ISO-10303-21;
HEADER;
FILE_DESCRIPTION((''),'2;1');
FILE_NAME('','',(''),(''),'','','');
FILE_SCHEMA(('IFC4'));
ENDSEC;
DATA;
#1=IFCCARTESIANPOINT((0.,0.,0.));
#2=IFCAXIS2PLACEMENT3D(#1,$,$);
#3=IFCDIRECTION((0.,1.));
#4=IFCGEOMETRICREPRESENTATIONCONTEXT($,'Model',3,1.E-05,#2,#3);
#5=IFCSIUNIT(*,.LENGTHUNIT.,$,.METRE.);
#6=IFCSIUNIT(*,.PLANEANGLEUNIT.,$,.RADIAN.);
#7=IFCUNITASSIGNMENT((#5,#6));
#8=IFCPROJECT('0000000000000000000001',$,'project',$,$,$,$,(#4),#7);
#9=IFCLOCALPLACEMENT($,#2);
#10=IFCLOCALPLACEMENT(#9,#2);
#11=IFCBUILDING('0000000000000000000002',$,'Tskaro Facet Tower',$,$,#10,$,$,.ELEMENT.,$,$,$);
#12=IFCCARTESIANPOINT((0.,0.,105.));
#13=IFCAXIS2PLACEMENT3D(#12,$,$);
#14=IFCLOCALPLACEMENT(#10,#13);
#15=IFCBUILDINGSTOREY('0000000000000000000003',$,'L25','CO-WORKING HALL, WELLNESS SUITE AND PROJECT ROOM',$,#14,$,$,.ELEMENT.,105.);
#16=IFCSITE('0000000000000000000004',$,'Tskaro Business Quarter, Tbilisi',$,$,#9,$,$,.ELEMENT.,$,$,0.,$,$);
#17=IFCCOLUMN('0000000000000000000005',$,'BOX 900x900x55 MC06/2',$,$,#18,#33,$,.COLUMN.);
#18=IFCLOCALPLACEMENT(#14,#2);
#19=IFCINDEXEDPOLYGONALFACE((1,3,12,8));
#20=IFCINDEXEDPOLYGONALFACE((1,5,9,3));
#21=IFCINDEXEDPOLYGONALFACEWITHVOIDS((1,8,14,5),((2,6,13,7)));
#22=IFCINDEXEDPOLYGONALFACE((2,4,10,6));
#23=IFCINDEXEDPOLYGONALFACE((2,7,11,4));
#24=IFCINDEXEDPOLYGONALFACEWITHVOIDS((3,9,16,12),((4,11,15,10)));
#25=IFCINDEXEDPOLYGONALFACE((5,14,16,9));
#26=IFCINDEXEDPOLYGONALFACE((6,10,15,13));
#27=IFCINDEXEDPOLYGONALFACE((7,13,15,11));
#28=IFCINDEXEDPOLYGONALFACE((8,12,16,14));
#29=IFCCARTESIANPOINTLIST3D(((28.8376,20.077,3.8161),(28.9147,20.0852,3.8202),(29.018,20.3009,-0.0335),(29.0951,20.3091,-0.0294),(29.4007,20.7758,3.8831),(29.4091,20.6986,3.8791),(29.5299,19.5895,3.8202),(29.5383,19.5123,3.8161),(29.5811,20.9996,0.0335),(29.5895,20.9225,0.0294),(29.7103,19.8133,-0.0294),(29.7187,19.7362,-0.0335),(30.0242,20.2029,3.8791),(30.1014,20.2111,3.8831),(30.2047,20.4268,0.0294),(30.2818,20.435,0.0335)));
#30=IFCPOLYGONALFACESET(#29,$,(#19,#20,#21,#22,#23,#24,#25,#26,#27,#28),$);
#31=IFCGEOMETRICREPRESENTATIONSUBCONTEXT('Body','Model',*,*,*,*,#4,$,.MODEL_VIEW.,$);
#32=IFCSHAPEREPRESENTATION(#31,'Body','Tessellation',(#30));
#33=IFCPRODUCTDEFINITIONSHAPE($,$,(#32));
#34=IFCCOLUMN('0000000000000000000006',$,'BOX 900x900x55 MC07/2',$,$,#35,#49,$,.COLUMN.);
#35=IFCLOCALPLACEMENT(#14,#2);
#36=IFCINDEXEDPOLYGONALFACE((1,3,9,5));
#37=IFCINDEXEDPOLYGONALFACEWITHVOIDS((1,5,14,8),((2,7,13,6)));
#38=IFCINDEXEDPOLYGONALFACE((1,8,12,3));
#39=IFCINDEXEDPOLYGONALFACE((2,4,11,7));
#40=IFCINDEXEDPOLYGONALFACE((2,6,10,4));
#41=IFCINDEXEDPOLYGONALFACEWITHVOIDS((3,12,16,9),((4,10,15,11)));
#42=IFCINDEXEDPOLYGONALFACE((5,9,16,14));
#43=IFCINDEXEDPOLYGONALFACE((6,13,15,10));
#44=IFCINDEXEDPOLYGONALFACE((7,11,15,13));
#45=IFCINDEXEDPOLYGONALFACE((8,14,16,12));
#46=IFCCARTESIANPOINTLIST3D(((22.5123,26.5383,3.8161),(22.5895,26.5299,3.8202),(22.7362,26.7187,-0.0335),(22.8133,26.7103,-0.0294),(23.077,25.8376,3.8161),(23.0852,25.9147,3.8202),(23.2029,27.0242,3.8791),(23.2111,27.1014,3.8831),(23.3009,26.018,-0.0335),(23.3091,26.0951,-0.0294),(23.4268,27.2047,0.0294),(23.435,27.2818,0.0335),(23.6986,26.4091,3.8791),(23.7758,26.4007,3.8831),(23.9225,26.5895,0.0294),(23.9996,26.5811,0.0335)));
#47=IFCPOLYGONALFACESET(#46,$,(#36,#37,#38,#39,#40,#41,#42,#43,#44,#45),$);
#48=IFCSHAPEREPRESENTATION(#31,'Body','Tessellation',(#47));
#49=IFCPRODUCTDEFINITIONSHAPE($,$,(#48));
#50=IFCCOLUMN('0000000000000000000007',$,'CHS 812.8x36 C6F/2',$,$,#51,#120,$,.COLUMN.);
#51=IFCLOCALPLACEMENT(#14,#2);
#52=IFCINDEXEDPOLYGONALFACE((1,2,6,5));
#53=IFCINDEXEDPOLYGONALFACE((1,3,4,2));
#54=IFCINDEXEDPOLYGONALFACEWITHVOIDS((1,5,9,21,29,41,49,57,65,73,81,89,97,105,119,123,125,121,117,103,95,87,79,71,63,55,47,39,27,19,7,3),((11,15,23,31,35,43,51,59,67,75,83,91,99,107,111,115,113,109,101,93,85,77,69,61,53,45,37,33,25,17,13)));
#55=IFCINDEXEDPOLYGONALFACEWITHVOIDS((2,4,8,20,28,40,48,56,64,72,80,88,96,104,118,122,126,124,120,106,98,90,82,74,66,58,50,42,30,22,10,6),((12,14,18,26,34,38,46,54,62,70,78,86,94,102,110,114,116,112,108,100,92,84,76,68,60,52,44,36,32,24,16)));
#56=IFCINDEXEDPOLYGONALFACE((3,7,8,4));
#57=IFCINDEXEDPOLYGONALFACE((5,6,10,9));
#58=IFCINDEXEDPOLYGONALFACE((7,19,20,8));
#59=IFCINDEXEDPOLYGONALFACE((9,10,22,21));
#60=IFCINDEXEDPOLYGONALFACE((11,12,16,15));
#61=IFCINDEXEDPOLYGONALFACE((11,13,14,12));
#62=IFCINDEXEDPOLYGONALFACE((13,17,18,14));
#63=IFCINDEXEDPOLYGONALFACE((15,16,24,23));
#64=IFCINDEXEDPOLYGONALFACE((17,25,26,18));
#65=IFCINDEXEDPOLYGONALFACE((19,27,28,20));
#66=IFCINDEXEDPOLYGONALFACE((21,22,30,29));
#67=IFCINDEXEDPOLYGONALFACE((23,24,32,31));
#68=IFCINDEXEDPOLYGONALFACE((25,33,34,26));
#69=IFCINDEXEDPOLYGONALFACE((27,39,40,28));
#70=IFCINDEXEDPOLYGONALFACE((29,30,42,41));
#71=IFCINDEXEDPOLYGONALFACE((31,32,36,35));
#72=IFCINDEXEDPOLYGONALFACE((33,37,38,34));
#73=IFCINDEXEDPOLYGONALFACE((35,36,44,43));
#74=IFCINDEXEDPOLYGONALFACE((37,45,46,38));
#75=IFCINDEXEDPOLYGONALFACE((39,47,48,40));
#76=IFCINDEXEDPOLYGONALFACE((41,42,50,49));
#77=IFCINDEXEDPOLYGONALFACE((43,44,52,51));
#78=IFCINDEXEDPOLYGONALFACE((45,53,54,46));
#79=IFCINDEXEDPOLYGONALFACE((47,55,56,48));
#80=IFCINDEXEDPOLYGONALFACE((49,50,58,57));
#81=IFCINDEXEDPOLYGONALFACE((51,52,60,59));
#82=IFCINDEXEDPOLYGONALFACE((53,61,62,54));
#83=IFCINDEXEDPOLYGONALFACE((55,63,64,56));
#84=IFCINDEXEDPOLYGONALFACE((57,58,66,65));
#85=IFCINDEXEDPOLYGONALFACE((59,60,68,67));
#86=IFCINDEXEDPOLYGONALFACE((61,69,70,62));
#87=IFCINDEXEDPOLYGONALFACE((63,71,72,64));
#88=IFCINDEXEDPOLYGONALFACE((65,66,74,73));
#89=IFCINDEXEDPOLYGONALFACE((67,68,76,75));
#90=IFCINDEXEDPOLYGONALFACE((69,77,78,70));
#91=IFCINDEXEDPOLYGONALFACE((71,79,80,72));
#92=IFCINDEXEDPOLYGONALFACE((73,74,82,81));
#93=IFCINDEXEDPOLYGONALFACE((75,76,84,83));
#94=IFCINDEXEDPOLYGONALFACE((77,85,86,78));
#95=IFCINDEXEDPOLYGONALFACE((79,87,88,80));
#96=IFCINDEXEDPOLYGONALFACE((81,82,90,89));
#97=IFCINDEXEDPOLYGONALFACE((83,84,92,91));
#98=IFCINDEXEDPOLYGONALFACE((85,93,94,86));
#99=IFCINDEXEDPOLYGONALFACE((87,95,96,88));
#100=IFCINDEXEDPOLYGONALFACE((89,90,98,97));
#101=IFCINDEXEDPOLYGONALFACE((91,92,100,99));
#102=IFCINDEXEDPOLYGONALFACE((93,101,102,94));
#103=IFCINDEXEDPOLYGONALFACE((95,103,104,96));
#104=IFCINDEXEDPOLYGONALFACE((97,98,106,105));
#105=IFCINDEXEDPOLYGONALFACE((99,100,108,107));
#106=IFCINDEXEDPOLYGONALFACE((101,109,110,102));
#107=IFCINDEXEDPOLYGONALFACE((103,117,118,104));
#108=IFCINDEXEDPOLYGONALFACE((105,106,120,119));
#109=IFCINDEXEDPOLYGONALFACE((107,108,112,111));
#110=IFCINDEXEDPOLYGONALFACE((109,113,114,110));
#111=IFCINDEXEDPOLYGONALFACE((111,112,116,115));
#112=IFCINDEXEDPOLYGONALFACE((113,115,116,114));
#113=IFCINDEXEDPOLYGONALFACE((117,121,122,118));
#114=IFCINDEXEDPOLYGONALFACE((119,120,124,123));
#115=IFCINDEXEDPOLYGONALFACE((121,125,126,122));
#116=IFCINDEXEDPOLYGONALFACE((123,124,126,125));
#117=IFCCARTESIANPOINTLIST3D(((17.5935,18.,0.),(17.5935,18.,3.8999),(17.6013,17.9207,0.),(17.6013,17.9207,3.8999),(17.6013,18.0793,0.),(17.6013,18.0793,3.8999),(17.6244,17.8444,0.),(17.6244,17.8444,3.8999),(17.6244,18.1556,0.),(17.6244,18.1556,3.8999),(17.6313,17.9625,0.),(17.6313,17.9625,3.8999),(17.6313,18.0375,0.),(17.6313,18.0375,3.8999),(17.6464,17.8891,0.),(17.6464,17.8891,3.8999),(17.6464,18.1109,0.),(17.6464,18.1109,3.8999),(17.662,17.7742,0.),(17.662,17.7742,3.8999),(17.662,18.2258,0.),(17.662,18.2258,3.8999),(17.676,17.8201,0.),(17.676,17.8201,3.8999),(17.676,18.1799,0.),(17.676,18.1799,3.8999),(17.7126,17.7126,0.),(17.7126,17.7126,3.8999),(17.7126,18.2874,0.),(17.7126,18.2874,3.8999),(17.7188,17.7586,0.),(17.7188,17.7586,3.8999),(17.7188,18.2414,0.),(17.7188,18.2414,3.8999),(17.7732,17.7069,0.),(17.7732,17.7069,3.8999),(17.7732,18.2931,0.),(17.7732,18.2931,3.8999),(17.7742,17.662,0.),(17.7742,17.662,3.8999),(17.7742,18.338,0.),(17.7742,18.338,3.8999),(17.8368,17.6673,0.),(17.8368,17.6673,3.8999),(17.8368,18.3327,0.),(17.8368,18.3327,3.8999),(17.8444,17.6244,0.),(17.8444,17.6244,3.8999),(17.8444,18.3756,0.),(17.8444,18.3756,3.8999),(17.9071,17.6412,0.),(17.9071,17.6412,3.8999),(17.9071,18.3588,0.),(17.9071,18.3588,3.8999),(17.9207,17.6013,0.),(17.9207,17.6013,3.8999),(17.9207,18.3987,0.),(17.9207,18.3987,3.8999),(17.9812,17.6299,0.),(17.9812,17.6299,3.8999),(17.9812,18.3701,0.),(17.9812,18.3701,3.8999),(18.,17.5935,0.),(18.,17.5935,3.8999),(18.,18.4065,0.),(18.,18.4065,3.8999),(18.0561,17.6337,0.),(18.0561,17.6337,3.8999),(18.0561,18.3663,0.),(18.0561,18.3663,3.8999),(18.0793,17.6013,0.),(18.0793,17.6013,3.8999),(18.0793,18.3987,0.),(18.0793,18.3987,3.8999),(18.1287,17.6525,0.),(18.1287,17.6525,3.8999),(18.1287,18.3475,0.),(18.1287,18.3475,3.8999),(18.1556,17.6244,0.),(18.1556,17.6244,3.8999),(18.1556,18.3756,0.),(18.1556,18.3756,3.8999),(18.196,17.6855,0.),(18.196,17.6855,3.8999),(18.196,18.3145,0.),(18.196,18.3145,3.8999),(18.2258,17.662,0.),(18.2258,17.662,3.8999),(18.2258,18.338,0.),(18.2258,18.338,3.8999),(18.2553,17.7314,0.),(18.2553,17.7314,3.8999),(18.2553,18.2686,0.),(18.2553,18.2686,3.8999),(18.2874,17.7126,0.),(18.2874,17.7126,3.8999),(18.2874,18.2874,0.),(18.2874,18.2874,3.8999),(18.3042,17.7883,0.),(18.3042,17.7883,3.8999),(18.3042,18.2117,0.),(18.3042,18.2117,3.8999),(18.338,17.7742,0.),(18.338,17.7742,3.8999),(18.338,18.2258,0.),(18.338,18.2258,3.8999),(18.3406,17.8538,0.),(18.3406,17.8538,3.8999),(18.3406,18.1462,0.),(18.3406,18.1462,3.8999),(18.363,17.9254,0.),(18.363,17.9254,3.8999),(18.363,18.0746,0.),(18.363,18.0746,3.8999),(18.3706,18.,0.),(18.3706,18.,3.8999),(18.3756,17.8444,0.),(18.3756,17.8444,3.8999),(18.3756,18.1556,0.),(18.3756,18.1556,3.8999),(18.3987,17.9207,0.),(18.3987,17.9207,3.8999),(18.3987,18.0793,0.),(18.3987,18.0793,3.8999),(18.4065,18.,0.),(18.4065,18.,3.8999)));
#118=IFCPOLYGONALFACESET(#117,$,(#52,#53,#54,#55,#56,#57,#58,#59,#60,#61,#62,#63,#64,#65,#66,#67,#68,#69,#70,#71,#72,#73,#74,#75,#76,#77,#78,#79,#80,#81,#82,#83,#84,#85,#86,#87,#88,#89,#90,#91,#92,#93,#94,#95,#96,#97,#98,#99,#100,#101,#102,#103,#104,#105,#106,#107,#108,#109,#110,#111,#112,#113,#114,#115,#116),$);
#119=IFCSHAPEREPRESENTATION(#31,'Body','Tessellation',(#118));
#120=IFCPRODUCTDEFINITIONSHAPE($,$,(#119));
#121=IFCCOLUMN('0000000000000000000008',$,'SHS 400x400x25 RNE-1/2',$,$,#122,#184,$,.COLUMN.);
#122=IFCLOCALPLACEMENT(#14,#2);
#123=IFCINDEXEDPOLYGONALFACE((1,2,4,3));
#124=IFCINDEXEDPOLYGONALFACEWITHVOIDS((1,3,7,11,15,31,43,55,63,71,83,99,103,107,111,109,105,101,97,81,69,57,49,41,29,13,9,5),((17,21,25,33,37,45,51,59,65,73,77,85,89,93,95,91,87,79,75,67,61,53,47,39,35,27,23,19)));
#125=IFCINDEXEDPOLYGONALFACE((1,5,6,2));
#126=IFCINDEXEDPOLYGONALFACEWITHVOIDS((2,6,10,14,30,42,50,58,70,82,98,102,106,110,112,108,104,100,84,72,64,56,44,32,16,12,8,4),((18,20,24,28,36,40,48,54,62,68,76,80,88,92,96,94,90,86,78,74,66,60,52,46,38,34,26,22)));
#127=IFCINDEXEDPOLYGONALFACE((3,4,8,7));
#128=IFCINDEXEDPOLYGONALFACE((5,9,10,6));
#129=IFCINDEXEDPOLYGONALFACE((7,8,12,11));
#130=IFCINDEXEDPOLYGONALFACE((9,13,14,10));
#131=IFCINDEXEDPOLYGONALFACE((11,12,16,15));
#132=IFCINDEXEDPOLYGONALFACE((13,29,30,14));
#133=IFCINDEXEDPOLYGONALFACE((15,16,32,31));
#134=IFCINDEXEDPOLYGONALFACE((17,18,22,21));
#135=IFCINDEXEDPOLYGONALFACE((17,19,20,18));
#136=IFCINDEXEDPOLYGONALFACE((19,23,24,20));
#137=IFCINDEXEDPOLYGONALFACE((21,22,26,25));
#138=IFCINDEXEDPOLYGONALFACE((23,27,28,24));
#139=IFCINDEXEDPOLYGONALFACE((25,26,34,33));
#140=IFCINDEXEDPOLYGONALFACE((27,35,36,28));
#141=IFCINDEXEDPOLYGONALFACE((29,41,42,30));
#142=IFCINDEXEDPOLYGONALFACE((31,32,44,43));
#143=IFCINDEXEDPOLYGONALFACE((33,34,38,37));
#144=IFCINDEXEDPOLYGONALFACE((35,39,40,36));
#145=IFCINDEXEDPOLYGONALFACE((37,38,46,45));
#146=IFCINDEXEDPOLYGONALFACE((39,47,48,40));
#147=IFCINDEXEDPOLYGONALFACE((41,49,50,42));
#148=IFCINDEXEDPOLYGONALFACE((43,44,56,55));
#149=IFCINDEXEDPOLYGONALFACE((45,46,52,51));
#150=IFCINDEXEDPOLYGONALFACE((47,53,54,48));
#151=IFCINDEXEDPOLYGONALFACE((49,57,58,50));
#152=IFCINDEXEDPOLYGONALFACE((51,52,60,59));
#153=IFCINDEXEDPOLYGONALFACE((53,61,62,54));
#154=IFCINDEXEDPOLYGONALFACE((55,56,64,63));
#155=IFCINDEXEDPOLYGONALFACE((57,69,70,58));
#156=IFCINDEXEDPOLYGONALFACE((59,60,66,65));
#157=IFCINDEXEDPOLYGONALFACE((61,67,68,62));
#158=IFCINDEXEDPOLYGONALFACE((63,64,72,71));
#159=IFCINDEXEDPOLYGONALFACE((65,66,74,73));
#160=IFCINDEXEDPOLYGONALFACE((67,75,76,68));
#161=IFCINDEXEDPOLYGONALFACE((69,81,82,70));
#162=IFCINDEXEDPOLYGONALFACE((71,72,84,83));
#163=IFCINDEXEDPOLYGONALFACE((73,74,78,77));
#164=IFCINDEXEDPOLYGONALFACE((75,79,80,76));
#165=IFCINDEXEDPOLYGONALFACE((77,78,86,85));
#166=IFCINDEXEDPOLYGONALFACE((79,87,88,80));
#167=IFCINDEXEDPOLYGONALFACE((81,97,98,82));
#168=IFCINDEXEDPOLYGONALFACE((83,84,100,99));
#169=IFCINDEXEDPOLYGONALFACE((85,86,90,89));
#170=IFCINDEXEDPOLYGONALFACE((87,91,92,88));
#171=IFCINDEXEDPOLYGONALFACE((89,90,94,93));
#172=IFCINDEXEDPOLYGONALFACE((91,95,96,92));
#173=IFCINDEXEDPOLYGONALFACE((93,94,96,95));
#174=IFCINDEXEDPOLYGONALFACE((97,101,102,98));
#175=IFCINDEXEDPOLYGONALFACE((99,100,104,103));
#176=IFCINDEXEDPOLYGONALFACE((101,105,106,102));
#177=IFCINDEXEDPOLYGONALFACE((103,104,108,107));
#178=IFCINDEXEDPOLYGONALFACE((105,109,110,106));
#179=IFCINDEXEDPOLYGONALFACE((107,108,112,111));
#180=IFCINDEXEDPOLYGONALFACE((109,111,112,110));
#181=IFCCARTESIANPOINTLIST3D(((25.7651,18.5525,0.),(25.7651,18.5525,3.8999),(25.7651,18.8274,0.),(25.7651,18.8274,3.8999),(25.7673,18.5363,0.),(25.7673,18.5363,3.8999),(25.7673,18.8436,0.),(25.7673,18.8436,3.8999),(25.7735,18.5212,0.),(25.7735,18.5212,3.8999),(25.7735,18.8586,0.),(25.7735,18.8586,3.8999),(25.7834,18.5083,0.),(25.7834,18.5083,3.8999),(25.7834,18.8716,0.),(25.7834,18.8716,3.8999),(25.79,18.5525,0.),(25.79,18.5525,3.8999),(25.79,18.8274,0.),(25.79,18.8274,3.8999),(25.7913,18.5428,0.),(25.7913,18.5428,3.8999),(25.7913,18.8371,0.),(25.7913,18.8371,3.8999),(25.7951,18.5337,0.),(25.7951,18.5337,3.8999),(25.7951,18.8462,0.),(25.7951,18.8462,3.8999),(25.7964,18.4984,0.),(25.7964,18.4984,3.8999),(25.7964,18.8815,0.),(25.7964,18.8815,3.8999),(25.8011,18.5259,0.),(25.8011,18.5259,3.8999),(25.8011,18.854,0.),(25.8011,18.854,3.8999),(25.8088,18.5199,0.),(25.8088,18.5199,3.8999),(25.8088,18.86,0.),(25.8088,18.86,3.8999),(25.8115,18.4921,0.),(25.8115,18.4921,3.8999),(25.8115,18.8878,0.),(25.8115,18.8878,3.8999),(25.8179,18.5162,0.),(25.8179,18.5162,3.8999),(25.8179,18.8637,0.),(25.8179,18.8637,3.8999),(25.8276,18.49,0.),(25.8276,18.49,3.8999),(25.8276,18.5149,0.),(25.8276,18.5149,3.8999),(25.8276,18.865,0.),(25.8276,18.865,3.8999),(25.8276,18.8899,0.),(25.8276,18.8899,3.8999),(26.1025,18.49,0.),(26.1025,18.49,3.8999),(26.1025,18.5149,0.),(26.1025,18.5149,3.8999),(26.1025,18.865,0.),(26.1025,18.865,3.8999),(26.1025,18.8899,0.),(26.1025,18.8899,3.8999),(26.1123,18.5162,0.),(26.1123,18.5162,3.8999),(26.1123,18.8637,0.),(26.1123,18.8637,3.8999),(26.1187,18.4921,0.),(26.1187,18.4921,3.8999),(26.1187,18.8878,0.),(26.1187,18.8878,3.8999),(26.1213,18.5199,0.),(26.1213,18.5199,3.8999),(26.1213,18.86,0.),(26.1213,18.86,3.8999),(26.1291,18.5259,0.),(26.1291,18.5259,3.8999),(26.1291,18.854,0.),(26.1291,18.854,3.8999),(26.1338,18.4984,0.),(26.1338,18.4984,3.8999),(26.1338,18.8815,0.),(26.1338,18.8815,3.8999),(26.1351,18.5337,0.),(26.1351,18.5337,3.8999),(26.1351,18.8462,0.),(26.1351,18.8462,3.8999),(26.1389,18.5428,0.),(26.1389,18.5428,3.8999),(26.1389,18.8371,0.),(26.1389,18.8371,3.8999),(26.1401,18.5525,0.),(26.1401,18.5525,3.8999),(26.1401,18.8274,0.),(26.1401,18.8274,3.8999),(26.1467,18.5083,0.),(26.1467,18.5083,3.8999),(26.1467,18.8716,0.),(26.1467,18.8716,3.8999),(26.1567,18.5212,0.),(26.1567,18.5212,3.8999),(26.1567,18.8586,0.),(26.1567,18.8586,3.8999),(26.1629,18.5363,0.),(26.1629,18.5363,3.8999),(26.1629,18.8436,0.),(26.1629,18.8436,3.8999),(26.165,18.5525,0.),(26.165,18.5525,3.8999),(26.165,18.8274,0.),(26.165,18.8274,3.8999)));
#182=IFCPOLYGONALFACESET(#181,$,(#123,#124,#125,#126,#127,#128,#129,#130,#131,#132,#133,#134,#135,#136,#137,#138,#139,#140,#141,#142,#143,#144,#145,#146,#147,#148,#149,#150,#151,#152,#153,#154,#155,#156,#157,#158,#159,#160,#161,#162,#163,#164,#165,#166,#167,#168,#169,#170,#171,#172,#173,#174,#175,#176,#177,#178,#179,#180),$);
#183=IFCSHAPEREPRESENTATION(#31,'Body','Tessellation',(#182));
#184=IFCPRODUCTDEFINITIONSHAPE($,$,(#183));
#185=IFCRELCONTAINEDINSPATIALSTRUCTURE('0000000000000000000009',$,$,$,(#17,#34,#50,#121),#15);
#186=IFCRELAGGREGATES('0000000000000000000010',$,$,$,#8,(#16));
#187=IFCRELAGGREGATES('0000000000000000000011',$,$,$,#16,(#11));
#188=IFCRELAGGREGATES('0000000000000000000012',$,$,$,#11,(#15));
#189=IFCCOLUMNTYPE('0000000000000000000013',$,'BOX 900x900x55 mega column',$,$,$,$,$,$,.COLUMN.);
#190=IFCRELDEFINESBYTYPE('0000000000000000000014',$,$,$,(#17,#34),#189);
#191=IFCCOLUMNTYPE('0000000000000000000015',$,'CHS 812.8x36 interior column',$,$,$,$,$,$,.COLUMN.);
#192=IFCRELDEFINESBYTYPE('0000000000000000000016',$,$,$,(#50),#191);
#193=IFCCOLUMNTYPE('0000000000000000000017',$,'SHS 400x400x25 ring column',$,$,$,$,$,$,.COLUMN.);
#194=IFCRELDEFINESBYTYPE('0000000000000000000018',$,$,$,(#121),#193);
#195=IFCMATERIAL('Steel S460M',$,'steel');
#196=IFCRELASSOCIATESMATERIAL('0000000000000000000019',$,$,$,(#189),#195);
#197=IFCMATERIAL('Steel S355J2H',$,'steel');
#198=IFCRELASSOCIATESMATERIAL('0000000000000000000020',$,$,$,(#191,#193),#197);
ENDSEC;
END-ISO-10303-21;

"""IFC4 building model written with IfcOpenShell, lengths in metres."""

from ifc_helpers import new_model, si_unit, direction, frame, origin, origin_2d, place, context, subcontext, project, spatial, hollow_rectangle, hollow_circle, extrude, material, material_profile, profile_set, type_object, element, save


model = new_model("IFC4")

# Units and contexts
model_context = context("Model", 3, precision=1e-05, world=origin(), true_north=direction((0.0, 1.0)))
body_context = subcontext(model_context, "Body", "Model", "MODEL_VIEW")
ifc_project = project(units=[si_unit("LENGTHUNIT", "METRE"), si_unit("PLANEANGLEUNIT", "RADIAN")], contexts=[model_context])

# Site, building, storey
site_placement = place(None, origin())
site = spatial("IfcSite", under=ifc_project, at=site_placement, Name="Tskaro Business Quarter, Tbilisi", CompositionType="ELEMENT", RefElevation=0.0)
building_placement = place(site_placement, origin())
building = spatial("IfcBuilding", under=site, at=building_placement, Name="Tskaro Facet Tower", CompositionType="ELEMENT")
storey_placement = place(building_placement, frame((0.0, 0.0, 105.0)))
storey = spatial("IfcBuildingStorey", under=building, at=storey_placement, Name="L25", Description="CO-WORKING HALL, WELLNESS SUITE AND PROJECT ROOM", CompositionType="ELEMENT", Elevation=105.0)

# Columns
ifc_material_1 = material(Name="Steel S460M", Category="steel")
ifc_material_profile_1 = material_profile(ifc_material_1, hollow_rectangle(XDim=0.8999, YDim=0.8999, WallThickness=0.0549, at=origin_2d()), Name="BOX 900x900x55")
ifc_profile_set_1 = profile_set([ifc_material_profile_1], Name="Steel S460M")
column_type_1 = type_object("IfcColumnType", Name="BOX 900x900x55 mega column", PredefinedType="COLUMN", material=ifc_profile_set_1)
for number, where, z_axis, x_axis, name in (
    (1, (29.6499, 20.3679, 0.0), (-0.046737, -0.057994, 0.997222), (0.778627, -0.627487, 0.0), "BOX 900x900x55 MC06/2"),
    (2, (23.3679, 26.6499, 0.0), (-0.057994, -0.046737, 0.997222), (0.627487, -0.778627, 0.0), "BOX 900x900x55 MC07/2"),
):
    element("IfcColumn", number, at=place(storey_placement, frame(where, z_axis=z_axis, x_axis=x_axis)), inside=storey, type_object=column_type_1, Name=name, PredefinedType="COLUMN", context=body_context, shape_type="SweptSolid", body=[
        extrude(hollow_rectangle(XDim=0.8999, YDim=0.8999, WallThickness=0.0549, at=origin_2d()), origin(), (0.0, 0.0, 1.0), 3.8604),
    ])
ifc_material_2 = material(Name="Steel S355J2H", Category="steel")
ifc_material_profile_2 = material_profile(ifc_material_2, hollow_circle(Radius=0.4065, WallThickness=0.0359, at=origin_2d()), Name="CHS 812.8x36")
ifc_profile_set_2 = profile_set([ifc_material_profile_2], Name="Steel S355J2H")
column_type_2 = type_object("IfcColumnType", Name="CHS 812.8x36 interior column", PredefinedType="COLUMN", material=ifc_profile_set_2)
column_placement = place(storey_placement, frame((18.0, 18.0, 0.0), z_axis=(0.0, 0.0, 1.0), x_axis=(1.0, 0.0, 0.0)))
element("IfcColumn", 3, at=column_placement, inside=storey, type_object=column_type_2, Name="CHS 812.8x36 C6F/2", PredefinedType="COLUMN", context=body_context, shape_type="SweptSolid", body=[
    extrude(hollow_circle(Radius=0.4065, WallThickness=0.0359, at=origin_2d()), origin(), (0.0, 0.0, 1.0), 3.8999),
])
ifc_material_profile_3 = material_profile(ifc_material_2, hollow_rectangle(XDim=0.3999, YDim=0.3999, WallThickness=0.0249, InnerFilletRadius=0.0376, OuterFilletRadius=0.0625, at=origin_2d()), Name="SHS 400x400x25")
ifc_profile_set_3 = profile_set([ifc_material_profile_3], Name="Steel S355J2H")
column_type_3 = type_object("IfcColumnType", Name="SHS 400x400x25 ring column", PredefinedType="COLUMN", material=ifc_profile_set_3)
for number, where, z_axis, x_axis, name in (
    (4, (25.9651, 18.6899, 0.0), (0.0, 0.0, 1.0), (1.0, 0.0, 0.0), "SHS 400x400x25 RNE-1/2"),
):
    element("IfcColumn", number, at=place(storey_placement, frame(where, z_axis=z_axis, x_axis=x_axis)), inside=storey, type_object=column_type_3, Name=name, PredefinedType="COLUMN", context=body_context, shape_type="SweptSolid", body=[
        extrude(hollow_rectangle(XDim=0.3999, YDim=0.3999, WallThickness=0.0249, InnerFilletRadius=0.0376, OuterFilletRadius=0.0625, at=origin_2d()), origin(), (0.0, 0.0, 1.0), 3.8999),
    ])

save(model, "model.ifc")
